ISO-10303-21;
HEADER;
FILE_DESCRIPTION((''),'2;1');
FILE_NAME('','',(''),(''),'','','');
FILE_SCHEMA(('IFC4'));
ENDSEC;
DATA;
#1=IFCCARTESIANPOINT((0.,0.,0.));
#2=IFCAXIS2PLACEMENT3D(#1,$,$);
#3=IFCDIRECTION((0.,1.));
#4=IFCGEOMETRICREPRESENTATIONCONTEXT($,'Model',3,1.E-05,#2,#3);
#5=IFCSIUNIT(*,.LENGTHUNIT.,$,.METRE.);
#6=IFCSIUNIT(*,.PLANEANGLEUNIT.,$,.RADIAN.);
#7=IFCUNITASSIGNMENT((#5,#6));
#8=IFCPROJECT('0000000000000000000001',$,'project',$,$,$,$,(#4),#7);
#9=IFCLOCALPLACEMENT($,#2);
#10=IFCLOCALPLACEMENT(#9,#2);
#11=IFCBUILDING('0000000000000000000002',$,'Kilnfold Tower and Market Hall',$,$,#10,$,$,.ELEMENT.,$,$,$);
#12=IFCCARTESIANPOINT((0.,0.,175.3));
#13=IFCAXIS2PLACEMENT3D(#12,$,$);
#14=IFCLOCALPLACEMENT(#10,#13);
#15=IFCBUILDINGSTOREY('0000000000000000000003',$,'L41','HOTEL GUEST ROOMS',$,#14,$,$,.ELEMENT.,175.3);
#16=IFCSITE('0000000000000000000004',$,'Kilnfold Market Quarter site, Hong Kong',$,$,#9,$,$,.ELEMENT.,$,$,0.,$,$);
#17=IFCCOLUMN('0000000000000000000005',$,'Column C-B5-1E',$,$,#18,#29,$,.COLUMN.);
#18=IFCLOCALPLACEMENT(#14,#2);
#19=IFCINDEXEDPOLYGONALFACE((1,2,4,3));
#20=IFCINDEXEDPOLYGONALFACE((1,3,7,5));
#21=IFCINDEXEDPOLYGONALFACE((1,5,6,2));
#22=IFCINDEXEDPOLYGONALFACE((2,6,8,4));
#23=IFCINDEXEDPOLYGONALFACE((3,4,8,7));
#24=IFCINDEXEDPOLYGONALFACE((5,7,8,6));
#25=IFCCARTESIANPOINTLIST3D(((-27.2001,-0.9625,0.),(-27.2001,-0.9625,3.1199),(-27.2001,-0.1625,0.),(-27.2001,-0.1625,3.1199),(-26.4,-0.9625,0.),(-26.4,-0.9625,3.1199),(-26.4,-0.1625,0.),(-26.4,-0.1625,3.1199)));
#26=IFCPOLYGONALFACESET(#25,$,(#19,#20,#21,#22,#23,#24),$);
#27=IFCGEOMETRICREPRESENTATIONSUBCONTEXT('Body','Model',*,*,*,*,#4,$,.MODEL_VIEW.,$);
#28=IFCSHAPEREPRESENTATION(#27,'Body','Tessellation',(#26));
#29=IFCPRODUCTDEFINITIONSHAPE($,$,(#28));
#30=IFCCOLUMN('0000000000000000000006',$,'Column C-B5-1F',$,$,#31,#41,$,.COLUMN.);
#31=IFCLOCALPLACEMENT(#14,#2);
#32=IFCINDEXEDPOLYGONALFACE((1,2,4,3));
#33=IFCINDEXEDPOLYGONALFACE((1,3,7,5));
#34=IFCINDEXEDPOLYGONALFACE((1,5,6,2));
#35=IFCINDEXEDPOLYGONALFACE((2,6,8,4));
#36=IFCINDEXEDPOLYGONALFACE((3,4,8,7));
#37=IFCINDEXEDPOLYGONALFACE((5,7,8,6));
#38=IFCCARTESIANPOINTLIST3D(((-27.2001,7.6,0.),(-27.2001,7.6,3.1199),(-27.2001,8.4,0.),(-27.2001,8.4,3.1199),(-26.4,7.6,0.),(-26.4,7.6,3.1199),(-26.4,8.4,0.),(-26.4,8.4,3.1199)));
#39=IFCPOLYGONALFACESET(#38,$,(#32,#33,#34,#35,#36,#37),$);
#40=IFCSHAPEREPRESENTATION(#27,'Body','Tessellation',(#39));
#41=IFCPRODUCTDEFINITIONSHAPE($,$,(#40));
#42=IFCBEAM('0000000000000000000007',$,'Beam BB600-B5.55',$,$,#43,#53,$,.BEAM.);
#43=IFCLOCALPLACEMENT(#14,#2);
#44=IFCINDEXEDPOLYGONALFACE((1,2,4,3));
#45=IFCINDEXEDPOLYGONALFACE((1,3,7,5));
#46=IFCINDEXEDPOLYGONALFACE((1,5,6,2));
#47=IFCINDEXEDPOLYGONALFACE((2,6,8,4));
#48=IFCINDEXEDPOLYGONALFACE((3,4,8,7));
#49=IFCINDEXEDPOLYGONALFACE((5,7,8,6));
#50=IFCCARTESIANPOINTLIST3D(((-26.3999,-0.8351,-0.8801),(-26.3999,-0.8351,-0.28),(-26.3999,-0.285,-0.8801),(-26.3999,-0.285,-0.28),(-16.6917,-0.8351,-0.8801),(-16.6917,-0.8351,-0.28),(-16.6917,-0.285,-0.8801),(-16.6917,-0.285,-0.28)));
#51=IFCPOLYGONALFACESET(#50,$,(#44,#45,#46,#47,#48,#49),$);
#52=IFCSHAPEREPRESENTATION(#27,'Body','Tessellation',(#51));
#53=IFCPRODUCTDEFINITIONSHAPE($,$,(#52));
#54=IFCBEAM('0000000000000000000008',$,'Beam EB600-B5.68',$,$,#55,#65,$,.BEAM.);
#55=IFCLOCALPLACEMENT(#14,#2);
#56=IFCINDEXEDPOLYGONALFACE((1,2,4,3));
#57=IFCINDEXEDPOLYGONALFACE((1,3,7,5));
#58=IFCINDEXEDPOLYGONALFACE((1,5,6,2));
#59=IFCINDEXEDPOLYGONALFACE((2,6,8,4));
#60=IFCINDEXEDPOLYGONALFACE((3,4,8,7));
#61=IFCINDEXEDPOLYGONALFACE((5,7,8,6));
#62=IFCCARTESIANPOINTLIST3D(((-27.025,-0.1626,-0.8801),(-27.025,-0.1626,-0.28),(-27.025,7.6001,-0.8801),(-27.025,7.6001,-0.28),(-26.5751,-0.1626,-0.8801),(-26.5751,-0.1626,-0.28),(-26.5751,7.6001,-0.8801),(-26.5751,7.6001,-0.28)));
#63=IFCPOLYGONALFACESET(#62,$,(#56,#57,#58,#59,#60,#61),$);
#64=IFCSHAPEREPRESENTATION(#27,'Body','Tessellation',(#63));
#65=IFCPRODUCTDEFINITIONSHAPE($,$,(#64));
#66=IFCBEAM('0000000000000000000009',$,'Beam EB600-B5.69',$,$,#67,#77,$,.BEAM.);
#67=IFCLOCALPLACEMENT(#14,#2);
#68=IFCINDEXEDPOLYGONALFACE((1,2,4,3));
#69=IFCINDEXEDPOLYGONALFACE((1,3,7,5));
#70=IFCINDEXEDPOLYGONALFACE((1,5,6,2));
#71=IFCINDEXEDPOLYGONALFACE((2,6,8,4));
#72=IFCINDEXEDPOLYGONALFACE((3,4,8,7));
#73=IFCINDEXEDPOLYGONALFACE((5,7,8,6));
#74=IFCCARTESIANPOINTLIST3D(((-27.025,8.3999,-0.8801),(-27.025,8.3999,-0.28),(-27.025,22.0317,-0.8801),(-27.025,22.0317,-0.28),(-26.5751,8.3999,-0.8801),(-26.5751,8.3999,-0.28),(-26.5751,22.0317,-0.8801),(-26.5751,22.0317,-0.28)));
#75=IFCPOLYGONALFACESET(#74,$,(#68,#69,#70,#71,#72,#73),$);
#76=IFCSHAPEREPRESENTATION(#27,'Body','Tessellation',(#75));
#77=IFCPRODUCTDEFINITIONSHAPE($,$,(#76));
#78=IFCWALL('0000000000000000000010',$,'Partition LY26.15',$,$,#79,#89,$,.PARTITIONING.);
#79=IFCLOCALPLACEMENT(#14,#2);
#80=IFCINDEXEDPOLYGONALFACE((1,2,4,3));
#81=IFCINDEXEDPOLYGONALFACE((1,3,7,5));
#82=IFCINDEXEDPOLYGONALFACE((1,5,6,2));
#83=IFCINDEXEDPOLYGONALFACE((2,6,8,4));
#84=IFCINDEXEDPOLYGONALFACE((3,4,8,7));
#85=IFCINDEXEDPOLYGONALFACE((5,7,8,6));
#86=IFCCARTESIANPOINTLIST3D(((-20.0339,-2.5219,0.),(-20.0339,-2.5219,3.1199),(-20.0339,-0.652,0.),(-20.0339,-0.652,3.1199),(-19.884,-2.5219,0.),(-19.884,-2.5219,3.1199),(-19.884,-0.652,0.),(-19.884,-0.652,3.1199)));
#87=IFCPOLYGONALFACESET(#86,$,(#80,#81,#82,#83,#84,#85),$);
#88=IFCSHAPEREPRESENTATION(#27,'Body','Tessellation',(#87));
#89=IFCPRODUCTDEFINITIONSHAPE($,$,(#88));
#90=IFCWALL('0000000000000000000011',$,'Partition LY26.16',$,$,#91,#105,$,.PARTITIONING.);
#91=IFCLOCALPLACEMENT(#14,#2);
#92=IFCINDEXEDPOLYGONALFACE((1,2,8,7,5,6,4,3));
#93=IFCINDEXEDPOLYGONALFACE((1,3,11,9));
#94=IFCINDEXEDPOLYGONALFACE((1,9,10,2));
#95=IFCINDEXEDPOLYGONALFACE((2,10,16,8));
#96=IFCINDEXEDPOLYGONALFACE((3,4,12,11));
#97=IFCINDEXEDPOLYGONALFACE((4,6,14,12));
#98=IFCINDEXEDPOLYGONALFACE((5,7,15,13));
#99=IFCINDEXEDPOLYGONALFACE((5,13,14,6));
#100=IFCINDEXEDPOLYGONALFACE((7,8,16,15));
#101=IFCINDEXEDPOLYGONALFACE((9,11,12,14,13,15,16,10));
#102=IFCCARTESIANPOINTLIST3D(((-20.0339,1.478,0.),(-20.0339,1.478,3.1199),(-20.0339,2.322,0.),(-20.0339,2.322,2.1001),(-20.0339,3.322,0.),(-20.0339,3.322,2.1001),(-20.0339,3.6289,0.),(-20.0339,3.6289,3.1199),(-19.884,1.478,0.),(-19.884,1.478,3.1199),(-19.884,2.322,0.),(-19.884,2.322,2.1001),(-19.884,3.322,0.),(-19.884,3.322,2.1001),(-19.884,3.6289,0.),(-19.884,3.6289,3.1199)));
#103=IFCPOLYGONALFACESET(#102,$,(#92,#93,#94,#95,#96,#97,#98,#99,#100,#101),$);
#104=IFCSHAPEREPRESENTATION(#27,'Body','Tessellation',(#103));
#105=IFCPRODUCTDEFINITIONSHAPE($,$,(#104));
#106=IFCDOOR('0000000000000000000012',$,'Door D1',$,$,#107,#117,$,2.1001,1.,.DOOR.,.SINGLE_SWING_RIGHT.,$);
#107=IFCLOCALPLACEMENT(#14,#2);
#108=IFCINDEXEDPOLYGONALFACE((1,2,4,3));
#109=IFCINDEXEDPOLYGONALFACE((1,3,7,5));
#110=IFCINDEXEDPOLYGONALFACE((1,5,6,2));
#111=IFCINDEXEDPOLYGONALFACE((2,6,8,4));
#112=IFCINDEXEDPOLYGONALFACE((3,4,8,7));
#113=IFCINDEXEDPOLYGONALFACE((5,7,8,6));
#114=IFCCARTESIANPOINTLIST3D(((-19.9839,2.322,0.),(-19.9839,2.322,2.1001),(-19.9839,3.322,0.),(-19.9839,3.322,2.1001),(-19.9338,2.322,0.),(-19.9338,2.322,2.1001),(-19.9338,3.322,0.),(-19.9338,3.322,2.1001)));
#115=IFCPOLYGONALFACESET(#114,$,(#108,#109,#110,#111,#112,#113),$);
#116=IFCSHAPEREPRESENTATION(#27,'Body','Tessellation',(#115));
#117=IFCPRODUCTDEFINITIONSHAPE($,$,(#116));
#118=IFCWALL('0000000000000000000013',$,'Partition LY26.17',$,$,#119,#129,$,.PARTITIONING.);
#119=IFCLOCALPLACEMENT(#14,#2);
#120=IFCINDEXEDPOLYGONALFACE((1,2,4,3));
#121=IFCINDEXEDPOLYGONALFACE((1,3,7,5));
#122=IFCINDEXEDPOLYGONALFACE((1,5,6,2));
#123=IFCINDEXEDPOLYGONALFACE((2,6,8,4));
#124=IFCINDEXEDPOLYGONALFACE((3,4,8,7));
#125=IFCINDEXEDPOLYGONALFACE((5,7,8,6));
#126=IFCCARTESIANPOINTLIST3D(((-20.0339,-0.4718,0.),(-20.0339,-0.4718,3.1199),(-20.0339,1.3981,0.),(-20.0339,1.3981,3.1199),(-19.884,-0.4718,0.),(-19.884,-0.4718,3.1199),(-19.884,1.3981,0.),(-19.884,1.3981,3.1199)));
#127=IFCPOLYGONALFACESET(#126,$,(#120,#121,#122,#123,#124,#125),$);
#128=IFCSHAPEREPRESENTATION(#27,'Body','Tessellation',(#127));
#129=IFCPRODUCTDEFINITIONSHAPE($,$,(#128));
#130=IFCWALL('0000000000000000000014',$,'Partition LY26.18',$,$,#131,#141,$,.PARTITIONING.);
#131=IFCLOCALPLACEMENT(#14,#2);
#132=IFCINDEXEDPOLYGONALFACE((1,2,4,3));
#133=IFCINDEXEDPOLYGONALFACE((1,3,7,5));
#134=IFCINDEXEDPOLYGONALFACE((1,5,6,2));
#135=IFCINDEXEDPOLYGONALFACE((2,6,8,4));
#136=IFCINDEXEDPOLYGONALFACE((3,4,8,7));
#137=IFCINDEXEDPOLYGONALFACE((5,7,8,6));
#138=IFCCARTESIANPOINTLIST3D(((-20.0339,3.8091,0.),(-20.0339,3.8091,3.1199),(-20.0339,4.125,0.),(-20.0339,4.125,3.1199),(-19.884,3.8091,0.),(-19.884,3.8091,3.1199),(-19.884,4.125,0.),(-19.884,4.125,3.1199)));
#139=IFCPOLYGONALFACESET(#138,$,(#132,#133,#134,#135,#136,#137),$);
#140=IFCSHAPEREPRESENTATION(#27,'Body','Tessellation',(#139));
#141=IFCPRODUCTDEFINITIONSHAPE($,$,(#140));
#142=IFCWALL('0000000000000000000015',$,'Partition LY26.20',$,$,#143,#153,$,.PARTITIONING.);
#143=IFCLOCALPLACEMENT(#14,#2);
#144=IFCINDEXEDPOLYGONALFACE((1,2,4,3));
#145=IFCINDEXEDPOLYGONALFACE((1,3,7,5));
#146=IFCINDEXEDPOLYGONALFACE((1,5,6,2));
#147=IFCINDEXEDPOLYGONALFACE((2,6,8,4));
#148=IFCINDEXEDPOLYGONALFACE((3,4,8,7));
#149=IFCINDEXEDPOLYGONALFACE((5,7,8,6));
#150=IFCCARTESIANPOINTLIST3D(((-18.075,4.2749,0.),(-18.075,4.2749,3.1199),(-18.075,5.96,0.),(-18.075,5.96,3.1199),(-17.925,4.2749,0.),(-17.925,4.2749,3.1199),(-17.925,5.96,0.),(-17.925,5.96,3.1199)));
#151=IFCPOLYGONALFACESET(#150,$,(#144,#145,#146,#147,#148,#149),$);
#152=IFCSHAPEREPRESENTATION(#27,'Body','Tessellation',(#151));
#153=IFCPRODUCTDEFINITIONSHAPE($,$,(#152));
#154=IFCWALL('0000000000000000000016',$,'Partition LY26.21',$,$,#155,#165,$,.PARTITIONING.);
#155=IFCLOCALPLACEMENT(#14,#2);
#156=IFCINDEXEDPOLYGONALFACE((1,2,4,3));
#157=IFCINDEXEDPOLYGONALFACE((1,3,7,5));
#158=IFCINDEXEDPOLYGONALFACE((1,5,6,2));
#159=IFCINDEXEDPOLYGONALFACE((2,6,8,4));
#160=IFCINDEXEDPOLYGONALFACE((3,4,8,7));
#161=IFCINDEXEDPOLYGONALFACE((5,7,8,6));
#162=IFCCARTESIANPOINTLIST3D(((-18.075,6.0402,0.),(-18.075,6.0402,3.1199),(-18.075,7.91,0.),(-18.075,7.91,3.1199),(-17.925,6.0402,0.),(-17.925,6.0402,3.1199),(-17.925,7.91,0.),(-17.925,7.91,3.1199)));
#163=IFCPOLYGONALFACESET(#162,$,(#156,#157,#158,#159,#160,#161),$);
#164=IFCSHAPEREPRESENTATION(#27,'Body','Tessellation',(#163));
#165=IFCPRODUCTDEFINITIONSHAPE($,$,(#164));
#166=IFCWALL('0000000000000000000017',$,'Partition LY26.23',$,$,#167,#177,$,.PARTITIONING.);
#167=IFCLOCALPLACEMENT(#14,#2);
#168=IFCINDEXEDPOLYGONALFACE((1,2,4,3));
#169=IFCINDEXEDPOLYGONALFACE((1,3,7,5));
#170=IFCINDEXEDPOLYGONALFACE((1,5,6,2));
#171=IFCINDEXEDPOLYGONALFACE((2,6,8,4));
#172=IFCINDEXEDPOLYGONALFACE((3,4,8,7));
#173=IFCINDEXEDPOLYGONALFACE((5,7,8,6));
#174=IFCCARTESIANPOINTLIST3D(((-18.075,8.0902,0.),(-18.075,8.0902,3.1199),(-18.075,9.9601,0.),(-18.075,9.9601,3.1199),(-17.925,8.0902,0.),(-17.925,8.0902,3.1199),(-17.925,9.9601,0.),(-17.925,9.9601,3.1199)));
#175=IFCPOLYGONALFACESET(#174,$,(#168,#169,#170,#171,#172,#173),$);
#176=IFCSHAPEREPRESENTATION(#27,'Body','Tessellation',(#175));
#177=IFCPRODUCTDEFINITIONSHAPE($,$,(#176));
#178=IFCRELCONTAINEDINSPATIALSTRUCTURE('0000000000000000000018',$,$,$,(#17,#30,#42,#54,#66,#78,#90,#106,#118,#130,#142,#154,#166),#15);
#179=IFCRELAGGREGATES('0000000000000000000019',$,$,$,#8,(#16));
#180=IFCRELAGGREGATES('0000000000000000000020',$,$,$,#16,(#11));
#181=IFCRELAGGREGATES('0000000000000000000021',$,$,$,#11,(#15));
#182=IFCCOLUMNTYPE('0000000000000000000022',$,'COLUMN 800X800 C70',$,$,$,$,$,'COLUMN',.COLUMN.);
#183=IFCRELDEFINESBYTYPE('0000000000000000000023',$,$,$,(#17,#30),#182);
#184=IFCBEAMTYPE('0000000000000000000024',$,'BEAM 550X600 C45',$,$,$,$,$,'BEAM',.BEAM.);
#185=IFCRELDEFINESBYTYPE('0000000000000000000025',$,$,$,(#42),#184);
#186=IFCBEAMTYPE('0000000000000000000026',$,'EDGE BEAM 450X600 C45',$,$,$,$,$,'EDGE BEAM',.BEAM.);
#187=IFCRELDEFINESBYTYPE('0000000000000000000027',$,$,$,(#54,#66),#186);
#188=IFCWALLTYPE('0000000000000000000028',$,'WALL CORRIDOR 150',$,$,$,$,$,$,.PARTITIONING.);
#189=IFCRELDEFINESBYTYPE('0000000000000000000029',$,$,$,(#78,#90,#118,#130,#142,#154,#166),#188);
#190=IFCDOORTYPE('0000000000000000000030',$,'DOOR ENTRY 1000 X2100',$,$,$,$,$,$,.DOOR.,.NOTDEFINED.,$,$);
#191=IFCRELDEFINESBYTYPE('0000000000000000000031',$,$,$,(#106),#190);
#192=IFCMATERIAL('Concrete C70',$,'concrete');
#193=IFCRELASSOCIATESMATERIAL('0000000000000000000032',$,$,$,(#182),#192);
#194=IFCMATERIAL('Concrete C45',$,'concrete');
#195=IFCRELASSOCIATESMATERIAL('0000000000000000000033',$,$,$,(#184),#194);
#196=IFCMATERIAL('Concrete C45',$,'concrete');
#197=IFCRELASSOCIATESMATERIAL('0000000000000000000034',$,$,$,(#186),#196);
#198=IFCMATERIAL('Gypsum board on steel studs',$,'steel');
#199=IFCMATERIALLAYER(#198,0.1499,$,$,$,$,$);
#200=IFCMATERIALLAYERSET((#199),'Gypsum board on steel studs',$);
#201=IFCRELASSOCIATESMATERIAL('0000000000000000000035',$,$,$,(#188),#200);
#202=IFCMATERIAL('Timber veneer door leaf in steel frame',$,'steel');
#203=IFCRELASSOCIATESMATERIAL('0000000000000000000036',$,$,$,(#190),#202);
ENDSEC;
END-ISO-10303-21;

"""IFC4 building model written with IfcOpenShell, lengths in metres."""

from ifc_helpers import new_model, si_unit, direction, frame, frame_2d, origin, origin_2d, place, context, subcontext, project, spatial, rectangle, extrude, source, transform, mapped, material, layer, layer_set, material_profile, profile_set, type_object, element, fill, save


model = new_model("IFC4")

# Units and contexts
model_context = context("Model", 3, precision=1e-05, world=origin(), true_north=direction((0.0, 1.0)))
body_context = subcontext(model_context, "Body", "Model", "MODEL_VIEW")
ifc_project = project(units=[si_unit("LENGTHUNIT", "METRE"), si_unit("PLANEANGLEUNIT", "RADIAN")], contexts=[model_context])

# Site, building, storey
site_placement = place(None, origin())
site = spatial("IfcSite", under=ifc_project, at=site_placement, Name="Kilnfold Market Quarter site, Hong Kong", CompositionType="ELEMENT", RefElevation=0.0)
building_placement = place(site_placement, origin())
building = spatial("IfcBuilding", under=site, at=building_placement, Name="Kilnfold Tower and Market Hall", CompositionType="ELEMENT")
storey_placement = place(building_placement, frame((0.0, 0.0, 175.3)))
storey = spatial("IfcBuildingStorey", under=building, at=storey_placement, Name="L41", Description="HOTEL GUEST ROOMS", CompositionType="ELEMENT", Elevation=175.3)

# Columns
ifc_material_1 = material(Name="Concrete C70", Category="concrete")
ifc_material_profile_1 = material_profile(ifc_material_1, rectangle(XDim=0.8, YDim=0.8, at=origin_2d()), Name="RC 800x800")
ifc_profile_set_1 = profile_set([ifc_material_profile_1], Name="Concrete C70")
column_type = type_object("IfcColumnType", Name="COLUMN 800X800 C70", ElementType="COLUMN", PredefinedType="COLUMN", material=ifc_profile_set_1)
shared_shape_1 = source(origin(), body_context, "Body", "SweptSolid", [
    extrude(rectangle(XDim=0.8, YDim=0.8, at=origin_2d()), origin(), (0.0, 0.0, 1.0), 3.1199),
])
for number, where, z_axis, x_axis, name in (
    (1, (-26.8, -0.5625, 0.0), (0.0, 0.0, 1.0), (1.0, 0.0, 0.0), "Column C-B5-1E"),
    (2, (-26.8, 8.0, 0.0), (0.0, 0.0, 1.0), (1.0, 0.0, 0.0), "Column C-B5-1F"),
):
    element("IfcColumn", number, at=place(storey_placement, frame(where, z_axis=z_axis, x_axis=x_axis)), inside=storey, type_object=column_type, Name=name, PredefinedType="COLUMN", context=body_context, shape_type="MappedRepresentation", body=[
        mapped(shared_shape_1, transform((0.0, 0.0, 0.0))),
    ])

# Beams
ifc_material_2 = material(Name="Concrete C45", Category="concrete")
ifc_material_profile_2 = material_profile(ifc_material_2, rectangle(XDim=0.55, YDim=0.6001, at=origin_2d()), Name="RC 550x600")
ifc_profile_set_2 = profile_set([ifc_material_profile_2], Name="Concrete C45")
beam_type_1 = type_object("IfcBeamType", Name="BEAM 550X600 C45", ElementType="BEAM", PredefinedType="BEAM", material=ifc_profile_set_2)
shared_shape_2 = source(origin(), body_context, "Body", "SweptSolid", [
    extrude(rectangle(XDim=0.55, YDim=0.6001, at=origin_2d()), origin(), (0.0, 0.0, 1.0), 9.7083),
])
beam_1_placement = place(storey_placement, frame((-26.3999, -0.5601, -0.5801), z_axis=(1.0, 0.0, 0.0), x_axis=(0.0, 1.0, 0.0)))
element("IfcBeam", 3, at=beam_1_placement, inside=storey, type_object=beam_type_1, Name="Beam BB600-B5.55", PredefinedType="BEAM", context=body_context, shape_type="MappedRepresentation", body=[
    mapped(shared_shape_2, transform((0.0, 0.0, 0.0))),
])
ifc_material_3 = material(Name="Concrete C45", Category="concrete")
ifc_material_profile_3 = material_profile(ifc_material_3, rectangle(XDim=0.45, YDim=0.6001, at=origin_2d()), Name="RC 450x600")
ifc_profile_set_3 = profile_set([ifc_material_profile_3], Name="Concrete C45")
beam_type_2 = type_object("IfcBeamType", Name="EDGE BEAM 450X600 C45", ElementType="EDGE BEAM", PredefinedType="BEAM", material=ifc_profile_set_3)
shared_shape_3 = source(origin(), body_context, "Body", "SweptSolid", [
    extrude(rectangle(XDim=0.45, YDim=0.6001, at=origin_2d()), origin(), (0.0, 0.0, 1.0), 7.7627),
])
beam_2_placement = place(storey_placement, frame((-26.8, -0.1626, -0.5801), z_axis=(0.0, 1.0, 0.0), x_axis=(-1.0, 0.0, 0.0)))
element("IfcBeam", 4, at=beam_2_placement, inside=storey, type_object=beam_type_2, Name="Beam EB600-B5.68", PredefinedType="BEAM", context=body_context, shape_type="MappedRepresentation", body=[
    mapped(shared_shape_3, transform((0.0, 0.0, 0.0))),
])
shared_shape_4 = source(origin(), body_context, "Body", "SweptSolid", [
    extrude(rectangle(XDim=0.45, YDim=0.6001, at=origin_2d()), origin(), (0.0, 0.0, 1.0), 13.6318),
])
beam_3_placement = place(storey_placement, frame((-26.8, 8.3999, -0.5801), z_axis=(0.0, 1.0, 0.0), x_axis=(-1.0, 0.0, 0.0)))
element("IfcBeam", 5, at=beam_3_placement, inside=storey, type_object=beam_type_2, Name="Beam EB600-B5.69", PredefinedType="BEAM", context=body_context, shape_type="MappedRepresentation", body=[
    mapped(shared_shape_4, transform((0.0, 0.0, 0.0))),
])

# Wall
ifc_material_4 = material(Name="Gypsum board on steel studs", Category="steel")
ifc_layer_1 = layer(ifc_material_4, 0.1499)
ifc_layer_set_1 = layer_set([ifc_layer_1], Name="Gypsum board on steel studs")
wall_type_1 = type_object("IfcWallType", Name="WALL CORRIDOR 150", PredefinedType="PARTITIONING", material=ifc_layer_set_1)
wall_1_placement = place(storey_placement, frame((-19.959, -2.522, 0.0), z_axis=(0.0, 0.0, 1.0), x_axis=(0.0, 1.0, 0.0)))
element("IfcWall", 6, at=wall_1_placement, inside=storey, type_object=wall_type_1, Name="Partition LY26.15", PredefinedType="PARTITIONING", context=body_context, shape_type="SweptSolid", body=[
    extrude(rectangle(XDim=1.8699, YDim=0.1499, at=frame_2d((0.9351, 0.0))), origin(), (0.0, 0.0, 1.0), 3.1199),
])

# Wall, opening, door
wall_2_placement = place(storey_placement, frame((-19.959, 1.478, 0.0), z_axis=(0.0, 0.0, 1.0), x_axis=(0.0, 1.0, 0.0)))
wall_2 = element("IfcWall", 7, at=wall_2_placement, inside=storey, type_object=wall_type_1, Name="Partition LY26.16", PredefinedType="PARTITIONING", context=body_context, shape_type="SweptSolid", body=[
    extrude(rectangle(XDim=2.1509, YDim=0.1499, at=frame_2d((1.0754, 0.0))), origin(), (0.0, 0.0, 1.0), 3.1199),
])
opening_1_placement = place(wall_2_placement, frame((0.844, 0.0, 0.0)))
opening_1 = element("IfcOpeningElement", 8, at=opening_1_placement, cuts=wall_2, PredefinedType="OPENING", context=body_context, shape_type="SweptSolid", body=[
    extrude(rectangle(XDim=1.0, YDim=2.1001, at=frame_2d((0.5, 1.05))), frame((0.0, 0.085, 0.0), z_axis=(0.0, -1.0, 0.0), x_axis=(1.0, 0.0, 0.0)), (0.0, 0.0, 1.0), 0.1699),
])
ifc_material_5 = material(Name="Timber veneer door leaf in steel frame", Category="steel")
door_type_1 = type_object("IfcDoorType", Name="DOOR ENTRY 1000 X2100", OperationType="NOTDEFINED", PredefinedType="DOOR", material=ifc_material_5)
door_1_placement = place(opening_1_placement, origin())
door_1 = element("IfcDoor", 9, at=door_1_placement, inside=storey, type_object=door_type_1, Name="Door D1", OperationType="SINGLE_SWING_RIGHT", OverallHeight=2.1001, OverallWidth=1.0, PredefinedType="DOOR", context=body_context, shape_type="SweptSolid", body=[
    extrude(rectangle(XDim=1.0, YDim=2.1001, at=frame_2d((0.5, 1.05))), frame((0.0, 0.0249, 0.0), z_axis=(0.0, -1.0, 0.0), x_axis=(1.0, 0.0, 0.0)), (0.0, 0.0, 1.0), 0.05),
])
fill(opening_1, door_1)

# Walls
wall_3_placement = place(storey_placement, frame((-19.959, -0.4719, 0.0), z_axis=(0.0, 0.0, 1.0), x_axis=(0.0, 1.0, 0.0)))
element("IfcWall", 10, at=wall_3_placement, inside=storey, type_object=wall_type_1, Name="Partition LY26.17", PredefinedType="PARTITIONING", context=body_context, shape_type="SweptSolid", body=[
    extrude(rectangle(XDim=1.8699, YDim=0.1499, at=frame_2d((0.9351, 0.0))), origin(), (0.0, 0.0, 1.0), 3.1199),
])
wall_4_placement = place(storey_placement, frame((-19.959, 3.8091, 0.0), z_axis=(0.0, 0.0, 1.0), x_axis=(0.0, 1.0, 0.0)))
element("IfcWall", 11, at=wall_4_placement, inside=storey, type_object=wall_type_1, Name="Partition LY26.18", PredefinedType="PARTITIONING", context=body_context, shape_type="SweptSolid", body=[
    extrude(rectangle(XDim=0.3159, YDim=0.1499, at=frame_2d((0.158, 0.0))), origin(), (0.0, 0.0, 1.0), 3.1199),
])
wall_5_placement = place(storey_placement, frame((-18.0, 4.2749, 0.0), z_axis=(0.0, 0.0, 1.0), x_axis=(0.0, 1.0, 0.0)))
element("IfcWall", 12, at=wall_5_placement, inside=storey, type_object=wall_type_1, Name="Partition LY26.20", PredefinedType="PARTITIONING", context=body_context, shape_type="SweptSolid", body=[
    extrude(rectangle(XDim=1.6851, YDim=0.1499, at=frame_2d((0.8425, 0.0))), origin(), (0.0, 0.0, 1.0), 3.1199),
])
for number, where, z_axis, x_axis, name in (
    (13, (-18.0, 6.04, 0.0), (0.0, 0.0, 1.0), (0.0, 1.0, 0.0), "Partition LY26.21"),
    (14, (-18.0, 8.0901, 0.0), (0.0, 0.0, 1.0), (0.0, 1.0, 0.0), "Partition LY26.23"),
):
    element("IfcWall", number, at=place(storey_placement, frame(where, z_axis=z_axis, x_axis=x_axis)), inside=storey, type_object=wall_type_1, Name=name, PredefinedType="PARTITIONING", context=body_context, shape_type="SweptSolid", body=[
        extrude(rectangle(XDim=1.8699, YDim=0.1499, at=frame_2d((0.9351, 0.0))), origin(), (0.0, 0.0, 1.0), 3.1199),
    ])

save(model, "model.ifc")
